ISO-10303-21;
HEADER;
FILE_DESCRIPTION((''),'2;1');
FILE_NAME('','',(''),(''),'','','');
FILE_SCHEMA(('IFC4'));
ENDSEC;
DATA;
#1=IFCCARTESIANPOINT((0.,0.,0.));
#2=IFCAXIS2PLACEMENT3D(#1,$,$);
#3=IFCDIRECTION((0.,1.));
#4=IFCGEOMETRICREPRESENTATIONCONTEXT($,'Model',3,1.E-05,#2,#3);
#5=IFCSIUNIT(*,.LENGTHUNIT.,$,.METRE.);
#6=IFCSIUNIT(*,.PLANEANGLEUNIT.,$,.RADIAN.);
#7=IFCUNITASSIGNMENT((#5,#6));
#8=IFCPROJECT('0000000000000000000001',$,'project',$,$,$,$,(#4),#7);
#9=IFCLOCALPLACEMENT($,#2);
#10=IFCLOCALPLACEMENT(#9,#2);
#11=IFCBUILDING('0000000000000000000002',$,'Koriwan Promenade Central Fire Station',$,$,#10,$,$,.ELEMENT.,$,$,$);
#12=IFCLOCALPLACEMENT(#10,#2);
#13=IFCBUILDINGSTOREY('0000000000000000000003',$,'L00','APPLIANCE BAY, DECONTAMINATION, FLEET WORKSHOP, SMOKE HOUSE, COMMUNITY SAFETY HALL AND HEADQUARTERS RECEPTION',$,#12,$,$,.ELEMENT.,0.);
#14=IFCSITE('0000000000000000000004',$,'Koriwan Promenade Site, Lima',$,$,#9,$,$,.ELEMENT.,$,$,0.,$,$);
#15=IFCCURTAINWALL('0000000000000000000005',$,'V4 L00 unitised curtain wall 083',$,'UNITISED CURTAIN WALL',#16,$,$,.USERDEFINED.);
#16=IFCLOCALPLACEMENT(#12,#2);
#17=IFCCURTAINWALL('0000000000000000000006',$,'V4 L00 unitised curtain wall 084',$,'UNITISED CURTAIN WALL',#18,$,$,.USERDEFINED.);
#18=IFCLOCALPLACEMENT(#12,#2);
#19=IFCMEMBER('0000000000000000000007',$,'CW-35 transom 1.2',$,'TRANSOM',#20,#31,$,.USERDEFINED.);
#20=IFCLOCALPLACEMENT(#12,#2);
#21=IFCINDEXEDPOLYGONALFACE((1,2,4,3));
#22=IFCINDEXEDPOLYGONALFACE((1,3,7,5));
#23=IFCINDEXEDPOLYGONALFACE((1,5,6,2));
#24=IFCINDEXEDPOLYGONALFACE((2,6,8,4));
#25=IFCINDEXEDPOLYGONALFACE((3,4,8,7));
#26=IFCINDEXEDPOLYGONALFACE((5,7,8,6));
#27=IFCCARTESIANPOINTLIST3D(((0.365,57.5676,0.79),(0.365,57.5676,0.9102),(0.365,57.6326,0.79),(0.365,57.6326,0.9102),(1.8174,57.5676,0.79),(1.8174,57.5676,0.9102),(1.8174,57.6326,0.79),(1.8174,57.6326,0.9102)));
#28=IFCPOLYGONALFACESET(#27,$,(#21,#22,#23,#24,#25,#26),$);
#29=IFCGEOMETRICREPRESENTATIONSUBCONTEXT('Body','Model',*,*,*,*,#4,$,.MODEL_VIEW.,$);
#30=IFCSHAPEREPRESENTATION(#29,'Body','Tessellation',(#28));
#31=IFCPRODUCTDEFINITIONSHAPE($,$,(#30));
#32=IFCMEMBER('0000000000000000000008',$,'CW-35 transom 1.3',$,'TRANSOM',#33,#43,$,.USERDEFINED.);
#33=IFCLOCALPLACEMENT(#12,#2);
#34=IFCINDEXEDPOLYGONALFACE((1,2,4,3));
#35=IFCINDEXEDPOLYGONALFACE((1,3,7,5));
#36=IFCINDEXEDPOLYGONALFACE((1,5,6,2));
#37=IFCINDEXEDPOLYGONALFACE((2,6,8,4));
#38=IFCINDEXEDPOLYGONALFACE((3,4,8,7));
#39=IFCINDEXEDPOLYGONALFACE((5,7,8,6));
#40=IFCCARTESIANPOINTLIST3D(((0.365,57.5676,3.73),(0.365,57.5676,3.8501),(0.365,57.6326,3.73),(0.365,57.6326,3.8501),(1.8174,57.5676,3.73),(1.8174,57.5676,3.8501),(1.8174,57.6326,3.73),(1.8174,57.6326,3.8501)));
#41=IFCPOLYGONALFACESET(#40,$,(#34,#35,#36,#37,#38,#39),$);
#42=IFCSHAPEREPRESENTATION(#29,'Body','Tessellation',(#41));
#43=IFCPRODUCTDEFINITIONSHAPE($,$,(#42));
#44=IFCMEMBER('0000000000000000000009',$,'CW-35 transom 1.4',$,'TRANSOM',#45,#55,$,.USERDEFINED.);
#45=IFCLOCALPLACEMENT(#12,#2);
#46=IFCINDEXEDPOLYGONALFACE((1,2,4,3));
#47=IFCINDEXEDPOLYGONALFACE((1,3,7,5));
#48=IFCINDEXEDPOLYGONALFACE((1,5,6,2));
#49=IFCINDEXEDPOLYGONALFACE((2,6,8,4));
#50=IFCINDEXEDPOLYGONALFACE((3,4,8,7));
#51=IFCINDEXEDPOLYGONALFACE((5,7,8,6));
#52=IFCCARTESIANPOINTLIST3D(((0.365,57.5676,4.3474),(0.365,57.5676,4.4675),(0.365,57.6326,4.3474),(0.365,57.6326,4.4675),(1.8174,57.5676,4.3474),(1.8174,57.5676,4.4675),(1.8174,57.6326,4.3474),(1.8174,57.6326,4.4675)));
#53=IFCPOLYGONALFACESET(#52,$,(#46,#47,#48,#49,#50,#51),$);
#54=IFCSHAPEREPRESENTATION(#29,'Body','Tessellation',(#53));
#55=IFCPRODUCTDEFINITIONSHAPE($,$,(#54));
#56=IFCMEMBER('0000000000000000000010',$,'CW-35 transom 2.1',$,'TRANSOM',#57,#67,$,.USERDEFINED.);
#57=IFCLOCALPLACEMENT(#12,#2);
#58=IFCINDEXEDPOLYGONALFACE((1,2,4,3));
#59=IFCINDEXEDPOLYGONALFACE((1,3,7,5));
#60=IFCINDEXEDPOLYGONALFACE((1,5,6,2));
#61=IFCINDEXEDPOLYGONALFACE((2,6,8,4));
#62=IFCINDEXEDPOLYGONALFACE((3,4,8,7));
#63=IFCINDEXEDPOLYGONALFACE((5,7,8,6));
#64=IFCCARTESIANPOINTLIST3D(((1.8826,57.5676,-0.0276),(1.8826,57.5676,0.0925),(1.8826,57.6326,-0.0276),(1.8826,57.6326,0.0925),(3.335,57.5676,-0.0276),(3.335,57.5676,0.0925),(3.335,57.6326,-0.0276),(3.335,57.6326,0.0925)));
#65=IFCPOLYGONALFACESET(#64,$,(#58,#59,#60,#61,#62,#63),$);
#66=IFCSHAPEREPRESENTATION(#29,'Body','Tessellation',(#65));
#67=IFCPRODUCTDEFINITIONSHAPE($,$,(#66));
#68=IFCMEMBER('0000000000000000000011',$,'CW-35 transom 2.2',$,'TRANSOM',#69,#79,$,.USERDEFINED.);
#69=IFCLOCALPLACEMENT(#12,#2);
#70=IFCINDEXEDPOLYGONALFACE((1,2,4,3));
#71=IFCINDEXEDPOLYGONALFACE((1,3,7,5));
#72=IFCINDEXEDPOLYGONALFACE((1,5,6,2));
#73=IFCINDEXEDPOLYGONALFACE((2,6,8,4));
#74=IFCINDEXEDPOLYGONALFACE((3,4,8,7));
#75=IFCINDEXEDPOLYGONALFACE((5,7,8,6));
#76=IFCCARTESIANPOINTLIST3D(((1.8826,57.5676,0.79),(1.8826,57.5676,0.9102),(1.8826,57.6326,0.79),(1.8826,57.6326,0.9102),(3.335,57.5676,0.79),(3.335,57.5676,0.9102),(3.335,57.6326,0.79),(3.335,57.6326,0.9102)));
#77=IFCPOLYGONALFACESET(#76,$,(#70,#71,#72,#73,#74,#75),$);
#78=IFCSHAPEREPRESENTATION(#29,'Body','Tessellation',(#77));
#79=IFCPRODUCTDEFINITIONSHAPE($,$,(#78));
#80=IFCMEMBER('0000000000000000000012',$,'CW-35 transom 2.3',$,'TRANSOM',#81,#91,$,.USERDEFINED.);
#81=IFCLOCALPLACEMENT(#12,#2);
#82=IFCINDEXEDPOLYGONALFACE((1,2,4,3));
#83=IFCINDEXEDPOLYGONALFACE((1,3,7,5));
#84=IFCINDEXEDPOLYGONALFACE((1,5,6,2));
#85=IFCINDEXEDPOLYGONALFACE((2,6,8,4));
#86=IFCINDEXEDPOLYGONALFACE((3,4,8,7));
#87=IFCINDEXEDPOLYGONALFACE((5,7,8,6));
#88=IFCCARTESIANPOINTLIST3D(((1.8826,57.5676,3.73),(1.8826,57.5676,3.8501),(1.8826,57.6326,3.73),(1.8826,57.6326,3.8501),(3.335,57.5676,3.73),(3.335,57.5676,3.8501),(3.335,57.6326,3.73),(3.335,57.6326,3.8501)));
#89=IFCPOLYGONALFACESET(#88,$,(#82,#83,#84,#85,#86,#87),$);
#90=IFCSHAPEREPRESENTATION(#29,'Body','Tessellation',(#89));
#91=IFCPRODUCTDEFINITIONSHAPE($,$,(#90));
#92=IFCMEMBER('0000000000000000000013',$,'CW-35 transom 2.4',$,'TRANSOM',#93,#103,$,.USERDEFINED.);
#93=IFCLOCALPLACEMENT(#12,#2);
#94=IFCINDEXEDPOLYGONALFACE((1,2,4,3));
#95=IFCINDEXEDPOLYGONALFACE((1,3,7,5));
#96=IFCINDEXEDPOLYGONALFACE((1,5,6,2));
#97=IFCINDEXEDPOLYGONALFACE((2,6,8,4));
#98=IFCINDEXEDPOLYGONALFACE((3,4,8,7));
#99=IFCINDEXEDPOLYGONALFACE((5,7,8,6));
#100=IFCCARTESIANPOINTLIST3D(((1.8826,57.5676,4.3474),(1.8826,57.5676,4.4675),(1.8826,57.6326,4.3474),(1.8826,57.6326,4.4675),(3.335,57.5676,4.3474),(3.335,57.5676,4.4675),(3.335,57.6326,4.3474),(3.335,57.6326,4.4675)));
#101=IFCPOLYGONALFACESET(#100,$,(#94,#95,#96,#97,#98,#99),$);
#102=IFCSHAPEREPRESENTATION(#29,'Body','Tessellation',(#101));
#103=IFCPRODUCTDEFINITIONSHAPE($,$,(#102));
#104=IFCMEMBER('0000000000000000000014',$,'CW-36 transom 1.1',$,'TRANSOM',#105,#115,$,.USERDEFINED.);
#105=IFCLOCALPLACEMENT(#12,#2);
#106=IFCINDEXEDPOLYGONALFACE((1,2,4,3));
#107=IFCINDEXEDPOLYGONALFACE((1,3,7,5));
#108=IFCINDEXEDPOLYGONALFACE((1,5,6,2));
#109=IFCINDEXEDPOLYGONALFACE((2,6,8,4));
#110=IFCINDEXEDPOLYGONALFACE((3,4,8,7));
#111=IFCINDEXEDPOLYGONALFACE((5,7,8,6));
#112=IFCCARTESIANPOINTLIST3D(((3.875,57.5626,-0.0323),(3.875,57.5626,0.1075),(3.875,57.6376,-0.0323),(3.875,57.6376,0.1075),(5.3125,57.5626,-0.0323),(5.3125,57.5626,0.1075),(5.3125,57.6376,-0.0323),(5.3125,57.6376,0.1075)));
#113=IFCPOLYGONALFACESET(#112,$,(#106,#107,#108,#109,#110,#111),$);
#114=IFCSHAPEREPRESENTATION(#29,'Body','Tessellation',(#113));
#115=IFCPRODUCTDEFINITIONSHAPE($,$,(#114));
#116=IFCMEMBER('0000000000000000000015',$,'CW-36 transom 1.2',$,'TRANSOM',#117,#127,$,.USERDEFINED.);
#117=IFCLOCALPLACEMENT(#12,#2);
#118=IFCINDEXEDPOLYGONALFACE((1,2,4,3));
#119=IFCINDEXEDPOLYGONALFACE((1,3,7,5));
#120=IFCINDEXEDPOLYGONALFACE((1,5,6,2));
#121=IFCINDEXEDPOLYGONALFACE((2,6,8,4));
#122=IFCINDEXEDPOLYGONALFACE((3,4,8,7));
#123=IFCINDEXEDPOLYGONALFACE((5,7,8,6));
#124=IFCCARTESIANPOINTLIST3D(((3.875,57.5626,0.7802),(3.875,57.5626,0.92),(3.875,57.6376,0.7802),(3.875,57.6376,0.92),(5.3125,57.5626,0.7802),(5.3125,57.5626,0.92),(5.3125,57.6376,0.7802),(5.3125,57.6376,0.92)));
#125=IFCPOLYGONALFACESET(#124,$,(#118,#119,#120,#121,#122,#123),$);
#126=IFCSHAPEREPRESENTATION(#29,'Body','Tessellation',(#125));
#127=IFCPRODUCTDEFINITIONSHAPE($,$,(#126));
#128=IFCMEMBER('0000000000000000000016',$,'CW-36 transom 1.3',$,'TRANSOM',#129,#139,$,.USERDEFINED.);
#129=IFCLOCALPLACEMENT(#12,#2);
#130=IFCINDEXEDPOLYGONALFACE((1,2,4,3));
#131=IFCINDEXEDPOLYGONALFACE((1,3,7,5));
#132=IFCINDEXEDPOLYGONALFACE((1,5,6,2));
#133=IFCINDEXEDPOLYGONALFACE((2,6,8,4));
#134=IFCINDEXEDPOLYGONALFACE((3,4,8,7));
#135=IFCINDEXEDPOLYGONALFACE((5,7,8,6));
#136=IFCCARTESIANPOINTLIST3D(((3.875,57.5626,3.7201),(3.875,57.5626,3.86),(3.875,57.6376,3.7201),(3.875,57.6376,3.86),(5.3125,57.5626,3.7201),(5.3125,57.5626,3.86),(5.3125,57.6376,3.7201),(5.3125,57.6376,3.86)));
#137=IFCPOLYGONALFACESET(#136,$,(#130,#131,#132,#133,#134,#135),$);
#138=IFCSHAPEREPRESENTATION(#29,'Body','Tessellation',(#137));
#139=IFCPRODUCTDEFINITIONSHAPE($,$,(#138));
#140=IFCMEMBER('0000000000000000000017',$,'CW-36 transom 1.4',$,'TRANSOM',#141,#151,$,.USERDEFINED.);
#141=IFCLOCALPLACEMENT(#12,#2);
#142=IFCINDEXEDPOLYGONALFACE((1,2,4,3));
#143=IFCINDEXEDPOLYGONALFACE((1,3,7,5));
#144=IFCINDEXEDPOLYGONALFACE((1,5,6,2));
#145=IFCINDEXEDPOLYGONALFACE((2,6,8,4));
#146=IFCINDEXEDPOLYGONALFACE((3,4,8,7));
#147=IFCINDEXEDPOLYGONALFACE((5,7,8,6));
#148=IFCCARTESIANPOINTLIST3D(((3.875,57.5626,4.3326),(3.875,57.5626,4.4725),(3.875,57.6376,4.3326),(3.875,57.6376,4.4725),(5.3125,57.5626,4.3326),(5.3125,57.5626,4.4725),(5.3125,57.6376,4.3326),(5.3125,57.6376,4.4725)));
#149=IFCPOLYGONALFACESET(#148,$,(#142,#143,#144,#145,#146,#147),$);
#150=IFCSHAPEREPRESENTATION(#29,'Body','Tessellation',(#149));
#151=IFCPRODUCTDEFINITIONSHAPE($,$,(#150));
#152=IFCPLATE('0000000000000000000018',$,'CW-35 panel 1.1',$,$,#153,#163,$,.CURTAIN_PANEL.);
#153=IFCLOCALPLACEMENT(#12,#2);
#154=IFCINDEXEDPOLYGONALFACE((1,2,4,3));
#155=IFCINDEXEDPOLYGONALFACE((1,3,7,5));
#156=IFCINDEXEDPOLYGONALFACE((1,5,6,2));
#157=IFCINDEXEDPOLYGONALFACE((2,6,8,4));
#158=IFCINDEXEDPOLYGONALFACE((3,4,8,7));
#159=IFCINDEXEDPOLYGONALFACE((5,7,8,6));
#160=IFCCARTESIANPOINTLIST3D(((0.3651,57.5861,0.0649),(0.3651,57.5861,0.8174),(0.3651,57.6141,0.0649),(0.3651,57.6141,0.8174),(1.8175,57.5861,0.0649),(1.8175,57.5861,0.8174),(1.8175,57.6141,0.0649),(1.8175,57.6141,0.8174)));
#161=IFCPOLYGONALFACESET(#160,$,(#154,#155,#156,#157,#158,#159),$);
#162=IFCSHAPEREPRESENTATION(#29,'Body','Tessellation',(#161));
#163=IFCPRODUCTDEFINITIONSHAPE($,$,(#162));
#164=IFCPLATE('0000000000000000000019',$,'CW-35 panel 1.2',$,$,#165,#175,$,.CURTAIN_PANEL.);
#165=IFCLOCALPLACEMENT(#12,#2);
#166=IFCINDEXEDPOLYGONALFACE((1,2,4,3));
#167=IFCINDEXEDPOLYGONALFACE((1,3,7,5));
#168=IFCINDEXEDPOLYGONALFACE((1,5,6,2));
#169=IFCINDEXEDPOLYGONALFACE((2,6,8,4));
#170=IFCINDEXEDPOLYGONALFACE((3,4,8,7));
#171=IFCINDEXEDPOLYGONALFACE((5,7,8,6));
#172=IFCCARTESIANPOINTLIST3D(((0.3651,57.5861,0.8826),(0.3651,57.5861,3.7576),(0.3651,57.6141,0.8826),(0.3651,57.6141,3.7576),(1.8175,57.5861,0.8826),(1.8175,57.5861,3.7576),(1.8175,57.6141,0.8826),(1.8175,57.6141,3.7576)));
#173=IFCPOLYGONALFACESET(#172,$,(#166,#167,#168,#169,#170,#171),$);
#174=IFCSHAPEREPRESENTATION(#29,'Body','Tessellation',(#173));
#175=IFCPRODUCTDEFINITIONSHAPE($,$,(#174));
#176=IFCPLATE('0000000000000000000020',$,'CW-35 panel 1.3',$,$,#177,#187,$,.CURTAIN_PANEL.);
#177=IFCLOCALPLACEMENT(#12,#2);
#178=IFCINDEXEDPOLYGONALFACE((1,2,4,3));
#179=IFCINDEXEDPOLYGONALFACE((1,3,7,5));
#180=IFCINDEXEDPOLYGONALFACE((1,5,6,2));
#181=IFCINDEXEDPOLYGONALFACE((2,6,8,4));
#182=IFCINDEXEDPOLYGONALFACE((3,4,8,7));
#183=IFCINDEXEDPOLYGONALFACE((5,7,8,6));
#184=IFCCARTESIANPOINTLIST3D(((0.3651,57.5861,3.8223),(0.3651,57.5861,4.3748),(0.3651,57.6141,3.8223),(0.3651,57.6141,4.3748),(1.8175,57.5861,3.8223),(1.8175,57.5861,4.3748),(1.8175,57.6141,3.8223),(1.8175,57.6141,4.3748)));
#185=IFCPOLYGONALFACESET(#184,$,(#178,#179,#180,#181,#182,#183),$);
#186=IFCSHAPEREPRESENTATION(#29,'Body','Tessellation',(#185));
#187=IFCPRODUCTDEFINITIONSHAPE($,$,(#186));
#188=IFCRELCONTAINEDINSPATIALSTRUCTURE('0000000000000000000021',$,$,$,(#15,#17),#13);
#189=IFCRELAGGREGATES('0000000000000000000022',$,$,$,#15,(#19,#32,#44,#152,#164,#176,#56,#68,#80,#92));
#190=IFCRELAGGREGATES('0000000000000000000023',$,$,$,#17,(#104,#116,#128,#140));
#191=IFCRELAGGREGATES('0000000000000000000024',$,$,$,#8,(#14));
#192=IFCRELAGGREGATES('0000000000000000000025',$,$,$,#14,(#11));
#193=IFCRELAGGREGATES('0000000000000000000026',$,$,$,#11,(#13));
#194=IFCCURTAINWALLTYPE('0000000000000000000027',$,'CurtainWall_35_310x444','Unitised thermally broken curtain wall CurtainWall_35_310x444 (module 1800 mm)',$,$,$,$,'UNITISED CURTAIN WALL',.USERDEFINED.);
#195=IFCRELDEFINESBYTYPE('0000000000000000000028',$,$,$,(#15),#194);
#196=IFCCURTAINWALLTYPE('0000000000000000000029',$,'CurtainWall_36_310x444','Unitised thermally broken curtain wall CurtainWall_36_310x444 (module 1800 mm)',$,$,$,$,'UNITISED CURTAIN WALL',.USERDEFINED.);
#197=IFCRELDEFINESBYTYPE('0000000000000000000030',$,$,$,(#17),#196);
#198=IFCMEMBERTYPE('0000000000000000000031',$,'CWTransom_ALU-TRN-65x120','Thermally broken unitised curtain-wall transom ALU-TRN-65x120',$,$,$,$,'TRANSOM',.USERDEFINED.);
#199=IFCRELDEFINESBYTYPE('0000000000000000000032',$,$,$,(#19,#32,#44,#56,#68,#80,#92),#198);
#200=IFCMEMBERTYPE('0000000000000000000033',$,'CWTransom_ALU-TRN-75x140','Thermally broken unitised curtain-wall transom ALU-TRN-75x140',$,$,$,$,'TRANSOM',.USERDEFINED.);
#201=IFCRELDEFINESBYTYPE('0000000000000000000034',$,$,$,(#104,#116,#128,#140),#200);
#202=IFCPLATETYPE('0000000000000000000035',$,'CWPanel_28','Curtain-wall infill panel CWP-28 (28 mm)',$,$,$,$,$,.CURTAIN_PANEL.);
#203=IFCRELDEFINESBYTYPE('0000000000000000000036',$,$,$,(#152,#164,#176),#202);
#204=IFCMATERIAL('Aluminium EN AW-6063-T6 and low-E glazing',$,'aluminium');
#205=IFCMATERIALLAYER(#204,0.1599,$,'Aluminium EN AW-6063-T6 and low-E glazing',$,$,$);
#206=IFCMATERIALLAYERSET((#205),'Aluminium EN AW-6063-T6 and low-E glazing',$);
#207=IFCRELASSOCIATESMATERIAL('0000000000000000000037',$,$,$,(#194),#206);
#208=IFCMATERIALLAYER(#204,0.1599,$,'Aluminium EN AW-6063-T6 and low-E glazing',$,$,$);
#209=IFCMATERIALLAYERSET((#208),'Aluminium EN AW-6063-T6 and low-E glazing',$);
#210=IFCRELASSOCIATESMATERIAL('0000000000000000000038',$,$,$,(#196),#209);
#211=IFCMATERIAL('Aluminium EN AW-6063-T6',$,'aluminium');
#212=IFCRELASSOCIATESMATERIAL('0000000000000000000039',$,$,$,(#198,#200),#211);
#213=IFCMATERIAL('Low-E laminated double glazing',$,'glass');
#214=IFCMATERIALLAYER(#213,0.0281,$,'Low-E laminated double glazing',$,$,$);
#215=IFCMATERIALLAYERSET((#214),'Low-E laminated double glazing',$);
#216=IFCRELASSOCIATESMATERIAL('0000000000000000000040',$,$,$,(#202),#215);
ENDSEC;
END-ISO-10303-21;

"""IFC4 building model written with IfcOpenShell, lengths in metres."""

from ifc_helpers import new_model, si_unit, direction, frame, origin, origin_2d, place, context, subcontext, project, spatial, rectangle, extrude, material, layer, layer_set, material_profile, profile_set, type_object, element, aggregate, save


model = new_model("IFC4")

# Units and contexts
model_context = context("Model", 3, precision=1e-05, world=origin(), true_north=direction((0.0, 1.0)))
body_context = subcontext(model_context, "Body", "Model", "MODEL_VIEW")
ifc_project = project(units=[si_unit("LENGTHUNIT", "METRE"), si_unit("PLANEANGLEUNIT", "RADIAN")], contexts=[model_context])

# Site, building, storey
site_placement = place(None, origin())
site = spatial("IfcSite", under=ifc_project, at=site_placement, Name="Koriwan Promenade Site, Lima", CompositionType="ELEMENT", RefElevation=0.0)
building_placement = place(site_placement, origin())
building = spatial("IfcBuilding", under=site, at=building_placement, Name="Koriwan Promenade Central Fire Station", CompositionType="ELEMENT")
storey_placement = place(building_placement, origin())
storey = spatial("IfcBuildingStorey", under=building, at=storey_placement, Name="L00", Description="APPLIANCE BAY, DECONTAMINATION, FLEET WORKSHOP, SMOKE HOUSE, COMMUNITY SAFETY HALL AND HEADQUARTERS RECEPTION", CompositionType="ELEMENT", Elevation=0.0)

# Curtain walls
ifc_material_1 = material(Name="Aluminium EN AW-6063-T6 and low-E glazing", Category="aluminium")
ifc_layer_1 = layer(ifc_material_1, 0.1599, Name="Aluminium EN AW-6063-T6 and low-E glazing")
ifc_layer_set_1 = layer_set([ifc_layer_1], Name="Aluminium EN AW-6063-T6 and low-E glazing")
curtain_wall_type_1 = type_object("IfcCurtainWallType", Name="CurtainWall_35_310x444", Description="Unitised thermally broken curtain wall CurtainWall_35_310x444 (module 1800 mm)", ElementType="UNITISED CURTAIN WALL", PredefinedType="USERDEFINED", material=ifc_layer_set_1)
curtain_wall_1_placement = place(storey_placement, origin())
curtain_wall_1 = element("IfcCurtainWall", 1, at=curtain_wall_1_placement, inside=storey, type_object=curtain_wall_type_1, Name="V4 L00 unitised curtain wall 083", ObjectType="UNITISED CURTAIN WALL", PredefinedType="USERDEFINED")
ifc_material_2 = material(Name="Aluminium EN AW-6063-T6", Category="aluminium")
ifc_layer_2 = layer(ifc_material_1, 0.1599, Name="Aluminium EN AW-6063-T6 and low-E glazing")
ifc_layer_set_2 = layer_set([ifc_layer_2], Name="Aluminium EN AW-6063-T6 and low-E glazing")
curtain_wall_type_2 = type_object("IfcCurtainWallType", Name="CurtainWall_36_310x444", Description="Unitised thermally broken curtain wall CurtainWall_36_310x444 (module 1800 mm)", ElementType="UNITISED CURTAIN WALL", PredefinedType="USERDEFINED", material=ifc_layer_set_2)
curtain_wall_2_placement = place(storey_placement, origin())
curtain_wall_2 = element("IfcCurtainWall", 2, at=curtain_wall_2_placement, inside=storey, type_object=curtain_wall_type_2, Name="V4 L00 unitised curtain wall 084", ObjectType="UNITISED CURTAIN WALL", PredefinedType="USERDEFINED")

# Members
ifc_material_profile_1 = material_profile(ifc_material_2, rectangle(XDim=0.0649, YDim=0.1201, at=origin_2d()), Name="ALU-TRN-65x120")
ifc_profile_set_1 = profile_set([ifc_material_profile_1], Name="Aluminium EN AW-6063-T6")
member_type_1 = type_object("IfcMemberType", Name="CWTransom_ALU-TRN-65x120", Description="Thermally broken unitised curtain-wall transom ALU-TRN-65x120", ElementType="TRANSOM", PredefinedType="USERDEFINED", material=ifc_profile_set_1)
member_1_placement = place(storey_placement, frame((0.365, 57.6001, 0.8501), z_axis=(1.0, 0.0, 0.0), x_axis=(0.0, 1.0, 0.0)))
member_1 = element("IfcMember", 3, at=member_1_placement, type_object=member_type_1, Name="CW-35 transom 1.2", ObjectType="TRANSOM", PredefinedType="USERDEFINED", context=body_context, shape_type="SweptSolid", body=[
    extrude(rectangle(XDim=0.0649, YDim=0.1201, at=origin_2d()), origin(), (0.0, 0.0, 1.0), 1.4524),
])
member_2_placement = place(storey_placement, frame((0.365, 57.6001, 3.79), z_axis=(1.0, 0.0, 0.0), x_axis=(0.0, 1.0, 0.0)))
member_2 = element("IfcMember", 4, at=member_2_placement, type_object=member_type_1, Name="CW-35 transom 1.3", ObjectType="TRANSOM", PredefinedType="USERDEFINED", context=body_context, shape_type="SweptSolid", body=[
    extrude(rectangle(XDim=0.0649, YDim=0.1201, at=origin_2d()), origin(), (0.0, 0.0, 1.0), 1.4524),
])
member_3_placement = place(storey_placement, frame((0.365, 57.6001, 4.4075), z_axis=(1.0, 0.0, 0.0), x_axis=(0.0, 1.0, 0.0)))
member_3 = element("IfcMember", 5, at=member_3_placement, type_object=member_type_1, Name="CW-35 transom 1.4", ObjectType="TRANSOM", PredefinedType="USERDEFINED", context=body_context, shape_type="SweptSolid", body=[
    extrude(rectangle(XDim=0.0649, YDim=0.1201, at=origin_2d()), origin(), (0.0, 0.0, 1.0), 1.4524),
])
member_4_placement = place(storey_placement, frame((1.8826, 57.6001, 0.0325), z_axis=(1.0, 0.0, 0.0), x_axis=(0.0, 1.0, 0.0)))
member_4 = element("IfcMember", 6, at=member_4_placement, type_object=member_type_1, Name="CW-35 transom 2.1", ObjectType="TRANSOM", PredefinedType="USERDEFINED", context=body_context, shape_type="SweptSolid", body=[
    extrude(rectangle(XDim=0.0649, YDim=0.1201, at=origin_2d()), origin(), (0.0, 0.0, 1.0), 1.4524),
])
member_5_placement = place(storey_placement, frame((1.8826, 57.6001, 0.8501), z_axis=(1.0, 0.0, 0.0), x_axis=(0.0, 1.0, 0.0)))
member_5 = element("IfcMember", 7, at=member_5_placement, type_object=member_type_1, Name="CW-35 transom 2.2", ObjectType="TRANSOM", PredefinedType="USERDEFINED", context=body_context, shape_type="SweptSolid", body=[
    extrude(rectangle(XDim=0.0649, YDim=0.1201, at=origin_2d()), origin(), (0.0, 0.0, 1.0), 1.4524),
])
member_6_placement = place(storey_placement, frame((1.8826, 57.6001, 3.79), z_axis=(1.0, 0.0, 0.0), x_axis=(0.0, 1.0, 0.0)))
member_6 = element("IfcMember", 8, at=member_6_placement, type_object=member_type_1, Name="CW-35 transom 2.3", ObjectType="TRANSOM", PredefinedType="USERDEFINED", context=body_context, shape_type="SweptSolid", body=[
    extrude(rectangle(XDim=0.0649, YDim=0.1201, at=origin_2d()), origin(), (0.0, 0.0, 1.0), 1.4524),
])
member_7_placement = place(storey_placement, frame((1.8826, 57.6001, 4.4075), z_axis=(1.0, 0.0, 0.0), x_axis=(0.0, 1.0, 0.0)))
member_7 = element("IfcMember", 9, at=member_7_placement, type_object=member_type_1, Name="CW-35 transom 2.4", ObjectType="TRANSOM", PredefinedType="USERDEFINED", context=body_context, shape_type="SweptSolid", body=[
    extrude(rectangle(XDim=0.0649, YDim=0.1201, at=origin_2d()), origin(), (0.0, 0.0, 1.0), 1.4524),
])
ifc_material_profile_2 = material_profile(ifc_material_2, rectangle(XDim=0.075, YDim=0.1399, at=origin_2d()), Name="ALU-TRN-75x140")
ifc_profile_set_2 = profile_set([ifc_material_profile_2], Name="Aluminium EN AW-6063-T6")
member_type_2 = type_object("IfcMemberType", Name="CWTransom_ALU-TRN-75x140", Description="Thermally broken unitised curtain-wall transom ALU-TRN-75x140", ElementType="TRANSOM", PredefinedType="USERDEFINED", material=ifc_profile_set_2)
member_8_placement = place(storey_placement, frame((3.875, 57.6001, 0.0376), z_axis=(1.0, 0.0, 0.0), x_axis=(0.0, 1.0, 0.0)))
member_8 = element("IfcMember", 10, at=member_8_placement, type_object=member_type_2, Name="CW-36 transom 1.1", ObjectType="TRANSOM", PredefinedType="USERDEFINED", context=body_context, shape_type="SweptSolid", body=[
    extrude(rectangle(XDim=0.075, YDim=0.1399, at=origin_2d()), origin(), (0.0, 0.0, 1.0), 1.4375),
])
member_9_placement = place(storey_placement, frame((3.875, 57.6001, 0.8501), z_axis=(1.0, 0.0, 0.0), x_axis=(0.0, 1.0, 0.0)))
member_9 = element("IfcMember", 11, at=member_9_placement, type_object=member_type_2, Name="CW-36 transom 1.2", ObjectType="TRANSOM", PredefinedType="USERDEFINED", context=body_context, shape_type="SweptSolid", body=[
    extrude(rectangle(XDim=0.075, YDim=0.1399, at=origin_2d()), origin(), (0.0, 0.0, 1.0), 1.4375),
])
member_10_placement = place(storey_placement, frame((3.875, 57.6001, 3.79), z_axis=(1.0, 0.0, 0.0), x_axis=(0.0, 1.0, 0.0)))
member_10 = element("IfcMember", 12, at=member_10_placement, type_object=member_type_2, Name="CW-36 transom 1.3", ObjectType="TRANSOM", PredefinedType="USERDEFINED", context=body_context, shape_type="SweptSolid", body=[
    extrude(rectangle(XDim=0.075, YDim=0.1399, at=origin_2d()), origin(), (0.0, 0.0, 1.0), 1.4375),
])
member_11_placement = place(storey_placement, frame((3.875, 57.6001, 4.4026), z_axis=(1.0, 0.0, 0.0), x_axis=(0.0, 1.0, 0.0)))
member_11 = element("IfcMember", 13, at=member_11_placement, type_object=member_type_2, Name="CW-36 transom 1.4", ObjectType="TRANSOM", PredefinedType="USERDEFINED", context=body_context, shape_type="SweptSolid", body=[
    extrude(rectangle(XDim=0.075, YDim=0.1399, at=origin_2d()), origin(), (0.0, 0.0, 1.0), 1.4375),
])

# Plates
ifc_material_3 = material(Name="Low-E laminated double glazing", Category="glass")
ifc_layer_3 = layer(ifc_material_3, 0.0281, Name="Low-E laminated double glazing")
ifc_layer_set_3 = layer_set([ifc_layer_3], Name="Low-E laminated double glazing")
plate_type_1 = type_object("IfcPlateType", Name="CWPanel_28", Description="Curtain-wall infill panel CWP-28 (28 mm)", PredefinedType="CURTAIN_PANEL", material=ifc_layer_set_3)
plate_1_placement = place(storey_placement, frame((1.0913, 57.6001, 0.0649), z_axis=(0.0, 0.0, 1.0), x_axis=(1.0, 0.0, 0.0)))
plate_1 = element("IfcPlate", 14, at=plate_1_placement, type_object=plate_type_1, Name="CW-35 panel 1.1", PredefinedType="CURTAIN_PANEL", context=body_context, shape_type="SweptSolid", body=[
    extrude(rectangle(XDim=1.4524, YDim=0.0281, at=origin_2d()), origin(), (0.0, 0.0, 1.0), 0.7524),
])
plate_2_placement = place(storey_placement, frame((1.0913, 57.6001, 0.8826), z_axis=(0.0, 0.0, 1.0), x_axis=(1.0, 0.0, 0.0)))
plate_2 = element("IfcPlate", 15, at=plate_2_placement, type_object=plate_type_1, Name="CW-35 panel 1.2", PredefinedType="CURTAIN_PANEL", context=body_context, shape_type="SweptSolid", body=[
    extrude(rectangle(XDim=1.4524, YDim=0.0281, at=origin_2d()), origin(), (0.0, 0.0, 1.0), 2.875),
])
plate_3_placement = place(storey_placement, frame((1.0913, 57.6001, 3.8223), z_axis=(0.0, 0.0, 1.0), x_axis=(1.0, 0.0, 0.0)))
plate_3 = element("IfcPlate", 16, at=plate_3_placement, type_object=plate_type_1, Name="CW-35 panel 1.3", PredefinedType="CURTAIN_PANEL", context=body_context, shape_type="SweptSolid", body=[
    extrude(rectangle(XDim=1.4524, YDim=0.0281, at=origin_2d()), origin(), (0.0, 0.0, 1.0), 0.5525),
])
aggregate(curtain_wall_1, [member_1, member_2, member_3, plate_1, plate_2, plate_3, member_4, member_5, member_6, member_7])
aggregate(curtain_wall_2, [member_8, member_9, member_10, member_11])

save(model, "model.ifc")
